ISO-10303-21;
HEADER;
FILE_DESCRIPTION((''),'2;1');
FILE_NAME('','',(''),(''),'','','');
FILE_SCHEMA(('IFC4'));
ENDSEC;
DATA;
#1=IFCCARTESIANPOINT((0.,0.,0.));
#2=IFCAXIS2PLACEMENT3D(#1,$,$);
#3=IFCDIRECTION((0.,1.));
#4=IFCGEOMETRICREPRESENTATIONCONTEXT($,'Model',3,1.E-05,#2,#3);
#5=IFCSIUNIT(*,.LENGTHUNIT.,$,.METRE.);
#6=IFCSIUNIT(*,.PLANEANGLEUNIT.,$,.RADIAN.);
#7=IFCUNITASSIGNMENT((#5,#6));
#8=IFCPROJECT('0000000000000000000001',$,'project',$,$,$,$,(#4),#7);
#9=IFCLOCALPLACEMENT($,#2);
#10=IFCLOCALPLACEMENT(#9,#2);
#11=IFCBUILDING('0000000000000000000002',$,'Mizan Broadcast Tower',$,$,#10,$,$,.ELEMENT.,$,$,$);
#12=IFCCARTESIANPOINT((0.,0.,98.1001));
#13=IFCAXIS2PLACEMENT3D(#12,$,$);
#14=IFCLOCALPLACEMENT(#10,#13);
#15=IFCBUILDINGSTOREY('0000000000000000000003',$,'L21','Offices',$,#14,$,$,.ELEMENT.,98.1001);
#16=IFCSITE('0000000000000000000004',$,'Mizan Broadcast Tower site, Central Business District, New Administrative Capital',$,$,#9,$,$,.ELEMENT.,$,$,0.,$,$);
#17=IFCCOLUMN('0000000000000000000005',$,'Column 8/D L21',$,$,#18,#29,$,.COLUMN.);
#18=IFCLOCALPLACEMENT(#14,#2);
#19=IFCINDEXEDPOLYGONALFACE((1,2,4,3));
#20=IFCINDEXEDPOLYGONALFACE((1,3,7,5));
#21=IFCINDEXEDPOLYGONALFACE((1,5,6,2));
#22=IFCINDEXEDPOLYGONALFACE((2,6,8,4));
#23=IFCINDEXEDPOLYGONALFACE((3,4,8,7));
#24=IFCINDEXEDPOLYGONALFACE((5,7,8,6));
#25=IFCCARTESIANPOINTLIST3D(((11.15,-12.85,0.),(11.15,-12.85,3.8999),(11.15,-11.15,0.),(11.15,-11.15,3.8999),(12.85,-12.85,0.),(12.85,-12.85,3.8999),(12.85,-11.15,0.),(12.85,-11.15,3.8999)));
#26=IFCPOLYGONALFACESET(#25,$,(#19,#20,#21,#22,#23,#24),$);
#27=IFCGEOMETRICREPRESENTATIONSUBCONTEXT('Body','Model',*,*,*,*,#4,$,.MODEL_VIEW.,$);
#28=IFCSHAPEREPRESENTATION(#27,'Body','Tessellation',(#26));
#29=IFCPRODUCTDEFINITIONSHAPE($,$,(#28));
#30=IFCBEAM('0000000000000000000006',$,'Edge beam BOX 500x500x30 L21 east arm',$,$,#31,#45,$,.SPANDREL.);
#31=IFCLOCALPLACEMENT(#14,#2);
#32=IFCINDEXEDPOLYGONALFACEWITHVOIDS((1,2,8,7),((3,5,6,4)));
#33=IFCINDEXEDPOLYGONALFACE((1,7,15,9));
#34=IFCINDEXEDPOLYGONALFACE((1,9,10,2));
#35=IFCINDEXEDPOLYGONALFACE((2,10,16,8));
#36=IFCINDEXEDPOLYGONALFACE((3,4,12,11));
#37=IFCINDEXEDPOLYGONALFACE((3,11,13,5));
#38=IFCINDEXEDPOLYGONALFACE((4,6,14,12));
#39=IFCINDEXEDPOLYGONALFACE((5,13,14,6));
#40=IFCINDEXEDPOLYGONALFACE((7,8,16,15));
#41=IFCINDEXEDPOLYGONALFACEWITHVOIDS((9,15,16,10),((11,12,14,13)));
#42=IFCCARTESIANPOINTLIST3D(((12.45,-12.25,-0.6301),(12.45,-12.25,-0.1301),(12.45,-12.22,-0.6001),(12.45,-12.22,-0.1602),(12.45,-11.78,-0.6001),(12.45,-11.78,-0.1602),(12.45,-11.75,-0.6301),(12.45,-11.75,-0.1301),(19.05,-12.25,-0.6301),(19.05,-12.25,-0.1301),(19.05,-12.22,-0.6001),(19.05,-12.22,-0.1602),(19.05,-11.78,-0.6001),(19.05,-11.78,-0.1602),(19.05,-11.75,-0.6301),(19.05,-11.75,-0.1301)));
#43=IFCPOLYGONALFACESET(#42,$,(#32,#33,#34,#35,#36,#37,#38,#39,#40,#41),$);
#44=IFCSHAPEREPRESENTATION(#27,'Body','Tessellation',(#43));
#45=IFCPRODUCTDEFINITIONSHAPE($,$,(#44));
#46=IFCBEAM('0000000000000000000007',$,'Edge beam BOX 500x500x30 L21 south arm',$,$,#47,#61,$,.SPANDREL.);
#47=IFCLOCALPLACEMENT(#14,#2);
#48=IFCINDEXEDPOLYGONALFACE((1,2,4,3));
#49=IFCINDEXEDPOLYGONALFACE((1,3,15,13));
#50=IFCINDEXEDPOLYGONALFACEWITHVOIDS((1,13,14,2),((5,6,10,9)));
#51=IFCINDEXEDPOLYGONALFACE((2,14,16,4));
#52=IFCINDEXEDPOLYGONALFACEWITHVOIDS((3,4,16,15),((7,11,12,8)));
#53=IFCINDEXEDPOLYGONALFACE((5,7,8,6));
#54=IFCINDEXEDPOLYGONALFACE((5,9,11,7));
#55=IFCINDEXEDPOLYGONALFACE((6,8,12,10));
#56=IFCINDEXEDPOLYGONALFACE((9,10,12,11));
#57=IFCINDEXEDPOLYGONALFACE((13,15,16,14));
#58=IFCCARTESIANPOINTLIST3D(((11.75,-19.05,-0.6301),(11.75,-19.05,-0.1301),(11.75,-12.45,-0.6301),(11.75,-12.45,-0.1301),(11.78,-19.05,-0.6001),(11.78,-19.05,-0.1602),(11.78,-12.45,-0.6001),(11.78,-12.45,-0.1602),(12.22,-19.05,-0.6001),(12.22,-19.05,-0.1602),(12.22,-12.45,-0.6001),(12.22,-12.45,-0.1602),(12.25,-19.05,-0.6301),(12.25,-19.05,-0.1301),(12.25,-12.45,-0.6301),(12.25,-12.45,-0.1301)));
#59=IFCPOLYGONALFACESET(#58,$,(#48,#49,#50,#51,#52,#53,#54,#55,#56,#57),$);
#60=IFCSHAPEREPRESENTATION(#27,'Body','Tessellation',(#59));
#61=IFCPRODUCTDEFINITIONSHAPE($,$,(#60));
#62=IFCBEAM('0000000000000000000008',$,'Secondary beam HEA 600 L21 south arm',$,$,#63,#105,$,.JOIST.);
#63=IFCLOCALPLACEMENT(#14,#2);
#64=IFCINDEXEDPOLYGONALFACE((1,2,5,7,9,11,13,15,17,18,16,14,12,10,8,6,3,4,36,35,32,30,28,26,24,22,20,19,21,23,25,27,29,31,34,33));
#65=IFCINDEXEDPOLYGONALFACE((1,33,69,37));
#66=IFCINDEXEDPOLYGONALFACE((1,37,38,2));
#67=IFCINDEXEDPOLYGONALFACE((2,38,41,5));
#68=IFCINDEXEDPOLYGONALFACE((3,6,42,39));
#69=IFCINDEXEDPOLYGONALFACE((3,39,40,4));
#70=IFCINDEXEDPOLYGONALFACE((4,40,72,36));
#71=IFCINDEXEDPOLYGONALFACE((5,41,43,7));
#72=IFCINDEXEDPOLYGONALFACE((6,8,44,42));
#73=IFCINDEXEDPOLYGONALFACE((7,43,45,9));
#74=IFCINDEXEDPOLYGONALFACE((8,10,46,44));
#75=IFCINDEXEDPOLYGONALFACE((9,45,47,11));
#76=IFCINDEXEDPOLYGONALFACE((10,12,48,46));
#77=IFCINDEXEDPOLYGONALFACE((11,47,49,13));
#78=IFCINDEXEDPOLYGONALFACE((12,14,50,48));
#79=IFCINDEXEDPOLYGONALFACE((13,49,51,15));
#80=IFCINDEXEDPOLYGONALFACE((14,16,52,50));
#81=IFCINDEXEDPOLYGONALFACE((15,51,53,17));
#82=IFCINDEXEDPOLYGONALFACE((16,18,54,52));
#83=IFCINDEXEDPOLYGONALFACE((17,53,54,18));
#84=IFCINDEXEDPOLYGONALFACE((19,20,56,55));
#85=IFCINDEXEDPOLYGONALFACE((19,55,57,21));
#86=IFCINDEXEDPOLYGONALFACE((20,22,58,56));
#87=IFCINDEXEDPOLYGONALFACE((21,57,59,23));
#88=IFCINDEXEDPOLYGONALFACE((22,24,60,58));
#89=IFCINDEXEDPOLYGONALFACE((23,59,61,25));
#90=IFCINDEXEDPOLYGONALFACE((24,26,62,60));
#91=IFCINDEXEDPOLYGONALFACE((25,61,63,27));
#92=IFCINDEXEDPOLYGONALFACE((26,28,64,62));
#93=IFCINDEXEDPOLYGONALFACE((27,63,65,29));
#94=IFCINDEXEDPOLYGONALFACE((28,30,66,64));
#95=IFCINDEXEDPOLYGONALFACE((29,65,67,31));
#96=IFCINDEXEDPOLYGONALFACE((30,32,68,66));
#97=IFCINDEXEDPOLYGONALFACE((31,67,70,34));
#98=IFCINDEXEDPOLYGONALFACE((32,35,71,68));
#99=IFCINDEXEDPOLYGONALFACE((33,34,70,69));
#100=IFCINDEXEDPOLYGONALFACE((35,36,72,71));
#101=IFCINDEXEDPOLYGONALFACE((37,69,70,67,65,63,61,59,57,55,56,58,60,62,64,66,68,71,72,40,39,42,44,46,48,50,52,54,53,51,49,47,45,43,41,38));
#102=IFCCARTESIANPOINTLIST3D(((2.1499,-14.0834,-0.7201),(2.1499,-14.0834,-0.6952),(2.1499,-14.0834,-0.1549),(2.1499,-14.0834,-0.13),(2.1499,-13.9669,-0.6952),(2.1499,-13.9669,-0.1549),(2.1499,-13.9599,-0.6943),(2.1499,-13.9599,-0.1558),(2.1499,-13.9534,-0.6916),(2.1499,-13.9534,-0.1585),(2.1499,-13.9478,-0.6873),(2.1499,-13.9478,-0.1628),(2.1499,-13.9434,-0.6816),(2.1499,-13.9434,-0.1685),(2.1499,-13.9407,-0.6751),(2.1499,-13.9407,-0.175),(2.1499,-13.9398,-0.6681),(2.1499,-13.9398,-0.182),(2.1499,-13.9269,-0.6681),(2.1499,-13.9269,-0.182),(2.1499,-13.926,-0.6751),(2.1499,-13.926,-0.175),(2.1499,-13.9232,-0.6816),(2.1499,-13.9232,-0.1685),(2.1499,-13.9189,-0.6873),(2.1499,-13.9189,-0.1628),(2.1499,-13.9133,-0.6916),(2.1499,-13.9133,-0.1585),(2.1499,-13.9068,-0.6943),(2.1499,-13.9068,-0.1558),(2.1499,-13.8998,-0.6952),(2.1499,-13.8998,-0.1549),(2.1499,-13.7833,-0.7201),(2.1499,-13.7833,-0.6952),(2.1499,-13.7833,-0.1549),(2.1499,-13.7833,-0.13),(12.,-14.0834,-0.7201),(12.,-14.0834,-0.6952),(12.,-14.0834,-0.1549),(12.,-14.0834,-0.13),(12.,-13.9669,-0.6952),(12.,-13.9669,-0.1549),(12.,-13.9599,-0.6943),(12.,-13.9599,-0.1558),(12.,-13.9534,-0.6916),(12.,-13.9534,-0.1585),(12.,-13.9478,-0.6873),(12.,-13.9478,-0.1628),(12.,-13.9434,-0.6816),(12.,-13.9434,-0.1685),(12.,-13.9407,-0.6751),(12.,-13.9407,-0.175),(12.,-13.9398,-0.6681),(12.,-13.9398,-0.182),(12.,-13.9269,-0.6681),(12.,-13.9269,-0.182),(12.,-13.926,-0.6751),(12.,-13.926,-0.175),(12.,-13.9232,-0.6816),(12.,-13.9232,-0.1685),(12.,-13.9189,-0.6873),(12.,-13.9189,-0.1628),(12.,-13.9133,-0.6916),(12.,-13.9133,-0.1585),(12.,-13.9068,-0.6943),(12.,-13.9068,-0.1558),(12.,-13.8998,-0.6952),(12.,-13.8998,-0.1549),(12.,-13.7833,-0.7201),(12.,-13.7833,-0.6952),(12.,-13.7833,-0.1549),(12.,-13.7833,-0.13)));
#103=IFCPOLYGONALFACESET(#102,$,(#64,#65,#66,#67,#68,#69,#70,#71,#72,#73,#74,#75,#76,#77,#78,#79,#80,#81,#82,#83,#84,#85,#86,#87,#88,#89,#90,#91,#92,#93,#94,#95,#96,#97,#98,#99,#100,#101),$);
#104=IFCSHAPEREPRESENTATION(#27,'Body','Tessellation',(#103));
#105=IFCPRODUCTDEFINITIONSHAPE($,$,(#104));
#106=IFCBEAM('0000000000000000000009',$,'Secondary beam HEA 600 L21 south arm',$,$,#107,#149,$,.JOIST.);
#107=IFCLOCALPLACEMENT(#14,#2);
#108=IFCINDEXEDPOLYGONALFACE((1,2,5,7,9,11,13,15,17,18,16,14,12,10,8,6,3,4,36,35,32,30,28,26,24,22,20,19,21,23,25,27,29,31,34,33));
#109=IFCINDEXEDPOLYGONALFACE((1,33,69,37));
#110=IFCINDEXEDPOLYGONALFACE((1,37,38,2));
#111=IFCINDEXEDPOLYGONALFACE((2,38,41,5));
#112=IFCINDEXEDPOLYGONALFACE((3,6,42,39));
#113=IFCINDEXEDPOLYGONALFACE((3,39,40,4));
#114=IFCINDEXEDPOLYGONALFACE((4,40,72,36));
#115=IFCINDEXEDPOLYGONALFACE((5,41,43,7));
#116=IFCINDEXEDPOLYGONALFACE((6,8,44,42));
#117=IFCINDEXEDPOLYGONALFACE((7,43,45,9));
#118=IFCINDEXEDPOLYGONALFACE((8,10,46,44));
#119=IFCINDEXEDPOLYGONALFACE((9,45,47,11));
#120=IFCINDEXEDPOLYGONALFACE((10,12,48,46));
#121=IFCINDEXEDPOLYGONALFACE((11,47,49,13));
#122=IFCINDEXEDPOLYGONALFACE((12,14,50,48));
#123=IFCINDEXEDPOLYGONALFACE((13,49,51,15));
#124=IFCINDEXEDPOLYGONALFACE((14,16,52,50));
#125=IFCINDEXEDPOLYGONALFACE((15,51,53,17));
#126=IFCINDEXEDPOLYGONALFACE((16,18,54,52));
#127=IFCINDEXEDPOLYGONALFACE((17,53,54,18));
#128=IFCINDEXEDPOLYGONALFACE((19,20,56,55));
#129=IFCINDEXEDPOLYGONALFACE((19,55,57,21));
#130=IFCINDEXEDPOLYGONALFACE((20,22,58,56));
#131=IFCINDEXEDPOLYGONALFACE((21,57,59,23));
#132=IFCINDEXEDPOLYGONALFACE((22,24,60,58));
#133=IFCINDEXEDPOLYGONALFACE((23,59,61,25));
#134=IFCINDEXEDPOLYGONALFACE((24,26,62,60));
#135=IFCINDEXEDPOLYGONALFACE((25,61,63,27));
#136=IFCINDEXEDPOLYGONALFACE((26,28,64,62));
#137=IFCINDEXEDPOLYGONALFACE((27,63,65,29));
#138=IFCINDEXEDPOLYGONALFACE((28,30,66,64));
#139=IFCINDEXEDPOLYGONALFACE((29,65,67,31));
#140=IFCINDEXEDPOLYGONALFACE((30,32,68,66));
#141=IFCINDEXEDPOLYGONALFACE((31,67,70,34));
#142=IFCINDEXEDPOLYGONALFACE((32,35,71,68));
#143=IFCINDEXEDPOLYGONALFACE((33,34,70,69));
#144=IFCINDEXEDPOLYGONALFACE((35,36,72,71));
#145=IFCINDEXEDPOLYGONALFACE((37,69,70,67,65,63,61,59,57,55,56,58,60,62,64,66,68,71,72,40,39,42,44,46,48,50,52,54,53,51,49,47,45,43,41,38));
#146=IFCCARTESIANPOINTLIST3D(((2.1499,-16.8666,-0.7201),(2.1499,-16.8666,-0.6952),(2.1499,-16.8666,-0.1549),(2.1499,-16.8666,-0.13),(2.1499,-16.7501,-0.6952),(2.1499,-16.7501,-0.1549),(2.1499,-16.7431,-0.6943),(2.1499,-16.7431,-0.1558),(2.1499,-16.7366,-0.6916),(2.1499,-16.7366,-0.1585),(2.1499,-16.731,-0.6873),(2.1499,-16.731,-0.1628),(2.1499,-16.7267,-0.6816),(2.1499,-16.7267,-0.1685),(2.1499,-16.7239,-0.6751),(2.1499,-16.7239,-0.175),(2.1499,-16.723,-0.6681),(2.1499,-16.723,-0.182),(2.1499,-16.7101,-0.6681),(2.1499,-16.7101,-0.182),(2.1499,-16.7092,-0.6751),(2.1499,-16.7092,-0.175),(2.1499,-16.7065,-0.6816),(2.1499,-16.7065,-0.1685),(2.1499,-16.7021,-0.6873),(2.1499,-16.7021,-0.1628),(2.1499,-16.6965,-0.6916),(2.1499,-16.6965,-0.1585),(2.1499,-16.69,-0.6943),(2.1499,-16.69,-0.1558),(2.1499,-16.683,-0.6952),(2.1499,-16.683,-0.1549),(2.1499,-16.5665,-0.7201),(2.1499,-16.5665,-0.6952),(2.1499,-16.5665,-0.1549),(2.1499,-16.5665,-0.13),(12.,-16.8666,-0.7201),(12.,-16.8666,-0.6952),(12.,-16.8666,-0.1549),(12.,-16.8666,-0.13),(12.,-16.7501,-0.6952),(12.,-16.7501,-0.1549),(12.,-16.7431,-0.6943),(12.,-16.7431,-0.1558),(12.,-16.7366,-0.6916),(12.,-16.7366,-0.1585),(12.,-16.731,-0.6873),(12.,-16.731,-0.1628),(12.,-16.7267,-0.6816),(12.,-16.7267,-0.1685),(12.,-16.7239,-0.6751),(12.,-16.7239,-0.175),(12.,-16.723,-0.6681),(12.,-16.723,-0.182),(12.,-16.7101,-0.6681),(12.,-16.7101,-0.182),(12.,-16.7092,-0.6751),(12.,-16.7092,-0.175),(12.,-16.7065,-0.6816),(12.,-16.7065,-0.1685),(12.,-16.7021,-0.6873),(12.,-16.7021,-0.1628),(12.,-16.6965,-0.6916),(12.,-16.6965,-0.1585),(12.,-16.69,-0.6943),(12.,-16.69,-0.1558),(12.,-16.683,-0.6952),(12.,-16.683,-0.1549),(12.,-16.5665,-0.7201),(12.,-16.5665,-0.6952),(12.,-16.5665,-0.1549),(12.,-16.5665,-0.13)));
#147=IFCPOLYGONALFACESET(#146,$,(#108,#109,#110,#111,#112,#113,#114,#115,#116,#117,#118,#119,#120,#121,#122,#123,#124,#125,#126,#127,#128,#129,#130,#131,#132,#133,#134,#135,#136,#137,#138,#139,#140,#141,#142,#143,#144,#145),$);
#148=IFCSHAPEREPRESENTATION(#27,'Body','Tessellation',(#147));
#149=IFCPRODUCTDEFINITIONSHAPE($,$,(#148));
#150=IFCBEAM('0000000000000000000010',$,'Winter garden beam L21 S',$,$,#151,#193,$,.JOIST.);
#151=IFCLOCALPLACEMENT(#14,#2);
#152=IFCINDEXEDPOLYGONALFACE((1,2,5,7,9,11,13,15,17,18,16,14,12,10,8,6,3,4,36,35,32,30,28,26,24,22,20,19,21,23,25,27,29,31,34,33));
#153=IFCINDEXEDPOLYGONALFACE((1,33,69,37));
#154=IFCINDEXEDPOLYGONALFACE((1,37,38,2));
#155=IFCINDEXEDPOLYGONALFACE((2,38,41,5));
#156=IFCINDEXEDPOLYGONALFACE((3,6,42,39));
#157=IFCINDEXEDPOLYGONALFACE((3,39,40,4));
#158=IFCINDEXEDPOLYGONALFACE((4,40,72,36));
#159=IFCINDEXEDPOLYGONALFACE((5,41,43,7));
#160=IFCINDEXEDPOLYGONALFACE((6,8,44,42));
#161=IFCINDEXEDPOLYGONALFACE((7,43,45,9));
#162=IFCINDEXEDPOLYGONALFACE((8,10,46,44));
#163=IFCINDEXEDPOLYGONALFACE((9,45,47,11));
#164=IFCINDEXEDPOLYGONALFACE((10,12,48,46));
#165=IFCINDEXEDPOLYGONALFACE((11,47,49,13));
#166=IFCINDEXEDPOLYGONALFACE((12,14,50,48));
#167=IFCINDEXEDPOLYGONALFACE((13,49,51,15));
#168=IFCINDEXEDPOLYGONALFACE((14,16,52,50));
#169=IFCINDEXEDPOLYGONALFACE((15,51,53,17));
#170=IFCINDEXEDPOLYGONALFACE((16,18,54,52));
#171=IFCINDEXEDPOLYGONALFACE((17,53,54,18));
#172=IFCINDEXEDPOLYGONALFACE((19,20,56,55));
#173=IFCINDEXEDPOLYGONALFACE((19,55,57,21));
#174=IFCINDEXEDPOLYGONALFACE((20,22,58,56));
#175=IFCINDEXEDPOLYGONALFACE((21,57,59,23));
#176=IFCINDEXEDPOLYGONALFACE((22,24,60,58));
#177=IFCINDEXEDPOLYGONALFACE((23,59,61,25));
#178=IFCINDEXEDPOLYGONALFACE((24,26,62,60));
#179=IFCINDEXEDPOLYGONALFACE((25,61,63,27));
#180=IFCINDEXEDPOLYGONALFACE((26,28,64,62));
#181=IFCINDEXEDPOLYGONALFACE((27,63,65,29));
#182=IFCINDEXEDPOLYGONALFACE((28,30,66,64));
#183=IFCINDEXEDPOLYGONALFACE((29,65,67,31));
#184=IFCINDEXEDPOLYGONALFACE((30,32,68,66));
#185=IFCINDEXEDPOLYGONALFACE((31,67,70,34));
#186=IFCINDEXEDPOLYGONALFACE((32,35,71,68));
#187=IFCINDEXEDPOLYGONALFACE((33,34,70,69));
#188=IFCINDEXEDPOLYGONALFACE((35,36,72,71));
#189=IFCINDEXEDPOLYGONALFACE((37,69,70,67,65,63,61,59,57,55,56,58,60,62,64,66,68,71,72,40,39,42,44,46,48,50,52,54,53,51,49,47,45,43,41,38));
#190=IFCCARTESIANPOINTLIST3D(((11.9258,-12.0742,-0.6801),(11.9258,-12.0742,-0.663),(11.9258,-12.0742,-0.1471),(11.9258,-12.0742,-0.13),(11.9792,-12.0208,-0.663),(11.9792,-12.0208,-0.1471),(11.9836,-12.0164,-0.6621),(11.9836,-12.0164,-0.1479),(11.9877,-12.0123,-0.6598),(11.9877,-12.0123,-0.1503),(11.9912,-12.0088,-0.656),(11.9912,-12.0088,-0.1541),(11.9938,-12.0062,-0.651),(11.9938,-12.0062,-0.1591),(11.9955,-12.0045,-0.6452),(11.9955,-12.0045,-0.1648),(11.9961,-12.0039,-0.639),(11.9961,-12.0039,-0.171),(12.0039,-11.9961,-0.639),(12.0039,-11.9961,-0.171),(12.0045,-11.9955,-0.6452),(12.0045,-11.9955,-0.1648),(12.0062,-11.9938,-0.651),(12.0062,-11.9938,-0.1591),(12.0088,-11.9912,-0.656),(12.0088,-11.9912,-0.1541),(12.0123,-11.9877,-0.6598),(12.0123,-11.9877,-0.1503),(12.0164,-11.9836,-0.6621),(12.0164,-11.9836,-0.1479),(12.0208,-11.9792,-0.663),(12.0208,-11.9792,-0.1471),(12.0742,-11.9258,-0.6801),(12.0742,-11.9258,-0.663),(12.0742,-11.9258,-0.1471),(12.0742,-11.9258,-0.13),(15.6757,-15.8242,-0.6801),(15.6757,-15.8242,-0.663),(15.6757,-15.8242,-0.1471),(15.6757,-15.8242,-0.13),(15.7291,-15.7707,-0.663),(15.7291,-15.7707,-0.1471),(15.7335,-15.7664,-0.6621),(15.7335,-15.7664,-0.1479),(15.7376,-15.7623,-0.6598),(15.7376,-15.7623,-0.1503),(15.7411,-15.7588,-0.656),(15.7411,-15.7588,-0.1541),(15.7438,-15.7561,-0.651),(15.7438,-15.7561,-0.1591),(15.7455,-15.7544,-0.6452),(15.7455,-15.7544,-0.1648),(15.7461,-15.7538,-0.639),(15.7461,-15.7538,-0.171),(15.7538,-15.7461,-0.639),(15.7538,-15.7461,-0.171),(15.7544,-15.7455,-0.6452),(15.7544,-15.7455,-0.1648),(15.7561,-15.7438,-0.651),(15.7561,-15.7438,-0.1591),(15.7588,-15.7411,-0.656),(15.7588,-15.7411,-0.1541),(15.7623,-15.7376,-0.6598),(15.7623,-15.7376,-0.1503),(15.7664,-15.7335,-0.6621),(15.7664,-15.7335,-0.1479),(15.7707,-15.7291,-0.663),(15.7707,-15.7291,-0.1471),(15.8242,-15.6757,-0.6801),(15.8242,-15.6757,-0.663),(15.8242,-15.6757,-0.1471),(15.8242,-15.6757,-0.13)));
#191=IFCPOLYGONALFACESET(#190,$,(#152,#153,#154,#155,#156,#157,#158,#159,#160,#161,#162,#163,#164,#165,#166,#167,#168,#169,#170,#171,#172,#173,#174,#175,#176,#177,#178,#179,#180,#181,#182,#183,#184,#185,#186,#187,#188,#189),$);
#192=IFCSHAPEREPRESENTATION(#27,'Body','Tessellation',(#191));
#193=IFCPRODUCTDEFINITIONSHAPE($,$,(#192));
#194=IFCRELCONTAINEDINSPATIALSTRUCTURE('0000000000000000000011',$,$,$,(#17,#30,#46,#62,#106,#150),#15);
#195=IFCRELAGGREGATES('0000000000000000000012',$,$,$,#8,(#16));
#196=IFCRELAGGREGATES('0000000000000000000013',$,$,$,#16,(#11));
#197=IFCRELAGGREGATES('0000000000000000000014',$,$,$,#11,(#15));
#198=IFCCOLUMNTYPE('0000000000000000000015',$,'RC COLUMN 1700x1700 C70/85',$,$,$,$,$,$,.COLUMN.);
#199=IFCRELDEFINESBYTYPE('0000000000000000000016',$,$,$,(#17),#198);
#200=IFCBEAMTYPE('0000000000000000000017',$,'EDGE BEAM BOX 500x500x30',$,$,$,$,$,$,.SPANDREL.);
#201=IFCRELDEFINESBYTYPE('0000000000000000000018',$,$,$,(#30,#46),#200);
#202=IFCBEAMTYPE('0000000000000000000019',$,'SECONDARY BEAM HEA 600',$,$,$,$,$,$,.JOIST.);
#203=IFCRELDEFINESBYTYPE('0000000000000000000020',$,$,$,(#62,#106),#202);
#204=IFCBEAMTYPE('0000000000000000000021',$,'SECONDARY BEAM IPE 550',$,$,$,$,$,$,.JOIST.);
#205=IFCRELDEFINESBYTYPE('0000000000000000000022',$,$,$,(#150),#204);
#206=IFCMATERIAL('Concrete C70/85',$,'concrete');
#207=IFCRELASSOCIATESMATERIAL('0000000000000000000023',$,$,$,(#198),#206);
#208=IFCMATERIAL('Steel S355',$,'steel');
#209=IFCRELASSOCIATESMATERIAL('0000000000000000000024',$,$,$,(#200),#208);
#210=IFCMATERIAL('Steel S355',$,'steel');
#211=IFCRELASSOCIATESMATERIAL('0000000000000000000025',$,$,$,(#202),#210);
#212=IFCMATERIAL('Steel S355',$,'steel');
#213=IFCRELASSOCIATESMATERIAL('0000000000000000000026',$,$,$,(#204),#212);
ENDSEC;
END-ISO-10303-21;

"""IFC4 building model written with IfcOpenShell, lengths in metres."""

from ifc_helpers import new_model, si_unit, direction, frame, origin, origin_2d, place, context, subcontext, project, spatial, rectangle, hollow_rectangle, i_section, extrude, material, material_profile, profile_set, type_object, element, save


model = new_model("IFC4")

# Units and contexts
model_context = context("Model", 3, precision=1e-05, world=origin(), true_north=direction((0.0, 1.0)))
body_context = subcontext(model_context, "Body", "Model", "MODEL_VIEW")
ifc_project = project(units=[si_unit("LENGTHUNIT", "METRE"), si_unit("PLANEANGLEUNIT", "RADIAN")], contexts=[model_context])

# Site, building, storey
site_placement = place(None, origin())
site = spatial("IfcSite", under=ifc_project, at=site_placement, Name="Mizan Broadcast Tower site, Central Business District, New Administrative Capital", CompositionType="ELEMENT", RefElevation=0.0)
building_placement = place(site_placement, origin())
building = spatial("IfcBuilding", under=site, at=building_placement, Name="Mizan Broadcast Tower", CompositionType="ELEMENT")
storey_placement = place(building_placement, frame((0.0, 0.0, 98.1001)))
storey = spatial("IfcBuildingStorey", under=building, at=storey_placement, Name="L21", Description="Offices", CompositionType="ELEMENT", Elevation=98.1001)

# Column
ifc_material_1 = material(Name="Concrete C70/85", Category="concrete")
ifc_material_profile_1 = material_profile(ifc_material_1, rectangle(XDim=1.7, YDim=1.7, at=origin_2d()), Name="RC 1700x1700")
ifc_profile_set_1 = profile_set([ifc_material_profile_1], Name="Concrete C70/85")
column_type = type_object("IfcColumnType", Name="RC COLUMN 1700x1700 C70/85", PredefinedType="COLUMN", material=ifc_profile_set_1)
column_placement = place(storey_placement, frame((12.0, -12.0, 0.0), z_axis=(0.0, 0.0, 1.0), x_axis=(1.0, 0.0, 0.0)))
element("IfcColumn", 1, at=column_placement, inside=storey, type_object=column_type, Name="Column 8/D L21", PredefinedType="COLUMN", context=body_context, shape_type="SweptSolid", body=[
    extrude(rectangle(XDim=1.7, YDim=1.7, at=origin_2d()), origin(), (0.0, 0.0, 1.0), 3.8999),
])

# Beams
ifc_material_2 = material(Name="Steel S355", Category="steel")
ifc_material_profile_2 = material_profile(ifc_material_2, hollow_rectangle(XDim=0.5, YDim=0.5, WallThickness=0.03, at=origin_2d()), Name="BOX 500x500x30")
ifc_profile_set_2 = profile_set([ifc_material_profile_2], Name="Steel S355")
beam_type_1 = type_object("IfcBeamType", Name="EDGE BEAM BOX 500x500x30", PredefinedType="SPANDREL", material=ifc_profile_set_2)
for number, where, z_axis, x_axis, name in (
    (2, (12.45, -12.0, -0.3801), (1.0, 0.0, 0.0), (0.0, 1.0, 0.0), "Edge beam BOX 500x500x30 L21 east arm"),
    (3, (12.0, -12.45, -0.3801), (0.0, -1.0, 0.0), (1.0, 0.0, 0.0), "Edge beam BOX 500x500x30 L21 south arm"),
):
    element("IfcBeam", number, at=place(storey_placement, frame(where, z_axis=z_axis, x_axis=x_axis)), inside=storey, type_object=beam_type_1, Name=name, PredefinedType="SPANDREL", context=body_context, shape_type="SweptSolid", body=[
        extrude(hollow_rectangle(XDim=0.5, YDim=0.5, WallThickness=0.03, at=origin_2d()), origin(), (0.0, 0.0, 1.0), 6.6001),
    ])
ifc_material_3 = material(Name="Steel S355", Category="steel")
ifc_material_profile_3 = material_profile(ifc_material_3, i_section(OverallWidth=0.3, OverallDepth=0.5901, WebThickness=0.0129, FlangeThickness=0.0249, FilletRadius=0.0271, at=origin_2d()), Name="HEA 600")
ifc_profile_set_3 = profile_set([ifc_material_profile_3], Name="Steel S355")
beam_type_2 = type_object("IfcBeamType", Name="SECONDARY BEAM HEA 600", PredefinedType="JOIST", material=ifc_profile_set_3)
for number, where, z_axis, x_axis, name in (
    (4, (12.0, -13.9333, -0.425), (-1.0, 0.0, 0.0), (0.0, -1.0, 0.0), "Secondary beam HEA 600 L21 south arm"),
    (5, (12.0, -16.7166, -0.425), (-1.0, 0.0, 0.0), (0.0, -1.0, 0.0), "Secondary beam HEA 600 L21 south arm"),
):
    element("IfcBeam", number, at=place(storey_placement, frame(where, z_axis=z_axis, x_axis=x_axis)), inside=storey, type_object=beam_type_2, Name=name, PredefinedType="JOIST", context=body_context, shape_type="SweptSolid", body=[
        extrude(i_section(OverallWidth=0.3, OverallDepth=0.5901, WebThickness=0.0129, FlangeThickness=0.0249, FilletRadius=0.0271, at=origin_2d()), origin(), (0.0, 0.0, 1.0), 9.8501),
    ])
ifc_material_4 = material(Name="Steel S355", Category="steel")
ifc_material_profile_4 = material_profile(ifc_material_4, i_section(OverallWidth=0.21, OverallDepth=0.55, WebThickness=0.011, FlangeThickness=0.0171, FilletRadius=0.0239, at=origin_2d()), Name="IPE 550")
ifc_profile_set_4 = profile_set([ifc_material_profile_4], Name="Steel S355")
beam_type_3 = type_object("IfcBeamType", Name="SECONDARY BEAM IPE 550", PredefinedType="JOIST", material=ifc_profile_set_4)
beam_placement = place(storey_placement, frame((12.0, -12.0, -0.405), z_axis=(0.707107, -0.707107, 0.0), x_axis=(0.707107, 0.707107, 0.0)))
element("IfcBeam", 6, at=beam_placement, inside=storey, type_object=beam_type_3, Name="Winter garden beam L21 S", PredefinedType="JOIST", context=body_context, shape_type="SweptSolid", body=[
    extrude(i_section(OverallWidth=0.21, OverallDepth=0.55, WebThickness=0.011, FlangeThickness=0.0171, FilletRadius=0.0239, at=origin_2d()), origin(), (0.0, 0.0, 1.0), 5.3032),
])

save(model, "model.ifc")
